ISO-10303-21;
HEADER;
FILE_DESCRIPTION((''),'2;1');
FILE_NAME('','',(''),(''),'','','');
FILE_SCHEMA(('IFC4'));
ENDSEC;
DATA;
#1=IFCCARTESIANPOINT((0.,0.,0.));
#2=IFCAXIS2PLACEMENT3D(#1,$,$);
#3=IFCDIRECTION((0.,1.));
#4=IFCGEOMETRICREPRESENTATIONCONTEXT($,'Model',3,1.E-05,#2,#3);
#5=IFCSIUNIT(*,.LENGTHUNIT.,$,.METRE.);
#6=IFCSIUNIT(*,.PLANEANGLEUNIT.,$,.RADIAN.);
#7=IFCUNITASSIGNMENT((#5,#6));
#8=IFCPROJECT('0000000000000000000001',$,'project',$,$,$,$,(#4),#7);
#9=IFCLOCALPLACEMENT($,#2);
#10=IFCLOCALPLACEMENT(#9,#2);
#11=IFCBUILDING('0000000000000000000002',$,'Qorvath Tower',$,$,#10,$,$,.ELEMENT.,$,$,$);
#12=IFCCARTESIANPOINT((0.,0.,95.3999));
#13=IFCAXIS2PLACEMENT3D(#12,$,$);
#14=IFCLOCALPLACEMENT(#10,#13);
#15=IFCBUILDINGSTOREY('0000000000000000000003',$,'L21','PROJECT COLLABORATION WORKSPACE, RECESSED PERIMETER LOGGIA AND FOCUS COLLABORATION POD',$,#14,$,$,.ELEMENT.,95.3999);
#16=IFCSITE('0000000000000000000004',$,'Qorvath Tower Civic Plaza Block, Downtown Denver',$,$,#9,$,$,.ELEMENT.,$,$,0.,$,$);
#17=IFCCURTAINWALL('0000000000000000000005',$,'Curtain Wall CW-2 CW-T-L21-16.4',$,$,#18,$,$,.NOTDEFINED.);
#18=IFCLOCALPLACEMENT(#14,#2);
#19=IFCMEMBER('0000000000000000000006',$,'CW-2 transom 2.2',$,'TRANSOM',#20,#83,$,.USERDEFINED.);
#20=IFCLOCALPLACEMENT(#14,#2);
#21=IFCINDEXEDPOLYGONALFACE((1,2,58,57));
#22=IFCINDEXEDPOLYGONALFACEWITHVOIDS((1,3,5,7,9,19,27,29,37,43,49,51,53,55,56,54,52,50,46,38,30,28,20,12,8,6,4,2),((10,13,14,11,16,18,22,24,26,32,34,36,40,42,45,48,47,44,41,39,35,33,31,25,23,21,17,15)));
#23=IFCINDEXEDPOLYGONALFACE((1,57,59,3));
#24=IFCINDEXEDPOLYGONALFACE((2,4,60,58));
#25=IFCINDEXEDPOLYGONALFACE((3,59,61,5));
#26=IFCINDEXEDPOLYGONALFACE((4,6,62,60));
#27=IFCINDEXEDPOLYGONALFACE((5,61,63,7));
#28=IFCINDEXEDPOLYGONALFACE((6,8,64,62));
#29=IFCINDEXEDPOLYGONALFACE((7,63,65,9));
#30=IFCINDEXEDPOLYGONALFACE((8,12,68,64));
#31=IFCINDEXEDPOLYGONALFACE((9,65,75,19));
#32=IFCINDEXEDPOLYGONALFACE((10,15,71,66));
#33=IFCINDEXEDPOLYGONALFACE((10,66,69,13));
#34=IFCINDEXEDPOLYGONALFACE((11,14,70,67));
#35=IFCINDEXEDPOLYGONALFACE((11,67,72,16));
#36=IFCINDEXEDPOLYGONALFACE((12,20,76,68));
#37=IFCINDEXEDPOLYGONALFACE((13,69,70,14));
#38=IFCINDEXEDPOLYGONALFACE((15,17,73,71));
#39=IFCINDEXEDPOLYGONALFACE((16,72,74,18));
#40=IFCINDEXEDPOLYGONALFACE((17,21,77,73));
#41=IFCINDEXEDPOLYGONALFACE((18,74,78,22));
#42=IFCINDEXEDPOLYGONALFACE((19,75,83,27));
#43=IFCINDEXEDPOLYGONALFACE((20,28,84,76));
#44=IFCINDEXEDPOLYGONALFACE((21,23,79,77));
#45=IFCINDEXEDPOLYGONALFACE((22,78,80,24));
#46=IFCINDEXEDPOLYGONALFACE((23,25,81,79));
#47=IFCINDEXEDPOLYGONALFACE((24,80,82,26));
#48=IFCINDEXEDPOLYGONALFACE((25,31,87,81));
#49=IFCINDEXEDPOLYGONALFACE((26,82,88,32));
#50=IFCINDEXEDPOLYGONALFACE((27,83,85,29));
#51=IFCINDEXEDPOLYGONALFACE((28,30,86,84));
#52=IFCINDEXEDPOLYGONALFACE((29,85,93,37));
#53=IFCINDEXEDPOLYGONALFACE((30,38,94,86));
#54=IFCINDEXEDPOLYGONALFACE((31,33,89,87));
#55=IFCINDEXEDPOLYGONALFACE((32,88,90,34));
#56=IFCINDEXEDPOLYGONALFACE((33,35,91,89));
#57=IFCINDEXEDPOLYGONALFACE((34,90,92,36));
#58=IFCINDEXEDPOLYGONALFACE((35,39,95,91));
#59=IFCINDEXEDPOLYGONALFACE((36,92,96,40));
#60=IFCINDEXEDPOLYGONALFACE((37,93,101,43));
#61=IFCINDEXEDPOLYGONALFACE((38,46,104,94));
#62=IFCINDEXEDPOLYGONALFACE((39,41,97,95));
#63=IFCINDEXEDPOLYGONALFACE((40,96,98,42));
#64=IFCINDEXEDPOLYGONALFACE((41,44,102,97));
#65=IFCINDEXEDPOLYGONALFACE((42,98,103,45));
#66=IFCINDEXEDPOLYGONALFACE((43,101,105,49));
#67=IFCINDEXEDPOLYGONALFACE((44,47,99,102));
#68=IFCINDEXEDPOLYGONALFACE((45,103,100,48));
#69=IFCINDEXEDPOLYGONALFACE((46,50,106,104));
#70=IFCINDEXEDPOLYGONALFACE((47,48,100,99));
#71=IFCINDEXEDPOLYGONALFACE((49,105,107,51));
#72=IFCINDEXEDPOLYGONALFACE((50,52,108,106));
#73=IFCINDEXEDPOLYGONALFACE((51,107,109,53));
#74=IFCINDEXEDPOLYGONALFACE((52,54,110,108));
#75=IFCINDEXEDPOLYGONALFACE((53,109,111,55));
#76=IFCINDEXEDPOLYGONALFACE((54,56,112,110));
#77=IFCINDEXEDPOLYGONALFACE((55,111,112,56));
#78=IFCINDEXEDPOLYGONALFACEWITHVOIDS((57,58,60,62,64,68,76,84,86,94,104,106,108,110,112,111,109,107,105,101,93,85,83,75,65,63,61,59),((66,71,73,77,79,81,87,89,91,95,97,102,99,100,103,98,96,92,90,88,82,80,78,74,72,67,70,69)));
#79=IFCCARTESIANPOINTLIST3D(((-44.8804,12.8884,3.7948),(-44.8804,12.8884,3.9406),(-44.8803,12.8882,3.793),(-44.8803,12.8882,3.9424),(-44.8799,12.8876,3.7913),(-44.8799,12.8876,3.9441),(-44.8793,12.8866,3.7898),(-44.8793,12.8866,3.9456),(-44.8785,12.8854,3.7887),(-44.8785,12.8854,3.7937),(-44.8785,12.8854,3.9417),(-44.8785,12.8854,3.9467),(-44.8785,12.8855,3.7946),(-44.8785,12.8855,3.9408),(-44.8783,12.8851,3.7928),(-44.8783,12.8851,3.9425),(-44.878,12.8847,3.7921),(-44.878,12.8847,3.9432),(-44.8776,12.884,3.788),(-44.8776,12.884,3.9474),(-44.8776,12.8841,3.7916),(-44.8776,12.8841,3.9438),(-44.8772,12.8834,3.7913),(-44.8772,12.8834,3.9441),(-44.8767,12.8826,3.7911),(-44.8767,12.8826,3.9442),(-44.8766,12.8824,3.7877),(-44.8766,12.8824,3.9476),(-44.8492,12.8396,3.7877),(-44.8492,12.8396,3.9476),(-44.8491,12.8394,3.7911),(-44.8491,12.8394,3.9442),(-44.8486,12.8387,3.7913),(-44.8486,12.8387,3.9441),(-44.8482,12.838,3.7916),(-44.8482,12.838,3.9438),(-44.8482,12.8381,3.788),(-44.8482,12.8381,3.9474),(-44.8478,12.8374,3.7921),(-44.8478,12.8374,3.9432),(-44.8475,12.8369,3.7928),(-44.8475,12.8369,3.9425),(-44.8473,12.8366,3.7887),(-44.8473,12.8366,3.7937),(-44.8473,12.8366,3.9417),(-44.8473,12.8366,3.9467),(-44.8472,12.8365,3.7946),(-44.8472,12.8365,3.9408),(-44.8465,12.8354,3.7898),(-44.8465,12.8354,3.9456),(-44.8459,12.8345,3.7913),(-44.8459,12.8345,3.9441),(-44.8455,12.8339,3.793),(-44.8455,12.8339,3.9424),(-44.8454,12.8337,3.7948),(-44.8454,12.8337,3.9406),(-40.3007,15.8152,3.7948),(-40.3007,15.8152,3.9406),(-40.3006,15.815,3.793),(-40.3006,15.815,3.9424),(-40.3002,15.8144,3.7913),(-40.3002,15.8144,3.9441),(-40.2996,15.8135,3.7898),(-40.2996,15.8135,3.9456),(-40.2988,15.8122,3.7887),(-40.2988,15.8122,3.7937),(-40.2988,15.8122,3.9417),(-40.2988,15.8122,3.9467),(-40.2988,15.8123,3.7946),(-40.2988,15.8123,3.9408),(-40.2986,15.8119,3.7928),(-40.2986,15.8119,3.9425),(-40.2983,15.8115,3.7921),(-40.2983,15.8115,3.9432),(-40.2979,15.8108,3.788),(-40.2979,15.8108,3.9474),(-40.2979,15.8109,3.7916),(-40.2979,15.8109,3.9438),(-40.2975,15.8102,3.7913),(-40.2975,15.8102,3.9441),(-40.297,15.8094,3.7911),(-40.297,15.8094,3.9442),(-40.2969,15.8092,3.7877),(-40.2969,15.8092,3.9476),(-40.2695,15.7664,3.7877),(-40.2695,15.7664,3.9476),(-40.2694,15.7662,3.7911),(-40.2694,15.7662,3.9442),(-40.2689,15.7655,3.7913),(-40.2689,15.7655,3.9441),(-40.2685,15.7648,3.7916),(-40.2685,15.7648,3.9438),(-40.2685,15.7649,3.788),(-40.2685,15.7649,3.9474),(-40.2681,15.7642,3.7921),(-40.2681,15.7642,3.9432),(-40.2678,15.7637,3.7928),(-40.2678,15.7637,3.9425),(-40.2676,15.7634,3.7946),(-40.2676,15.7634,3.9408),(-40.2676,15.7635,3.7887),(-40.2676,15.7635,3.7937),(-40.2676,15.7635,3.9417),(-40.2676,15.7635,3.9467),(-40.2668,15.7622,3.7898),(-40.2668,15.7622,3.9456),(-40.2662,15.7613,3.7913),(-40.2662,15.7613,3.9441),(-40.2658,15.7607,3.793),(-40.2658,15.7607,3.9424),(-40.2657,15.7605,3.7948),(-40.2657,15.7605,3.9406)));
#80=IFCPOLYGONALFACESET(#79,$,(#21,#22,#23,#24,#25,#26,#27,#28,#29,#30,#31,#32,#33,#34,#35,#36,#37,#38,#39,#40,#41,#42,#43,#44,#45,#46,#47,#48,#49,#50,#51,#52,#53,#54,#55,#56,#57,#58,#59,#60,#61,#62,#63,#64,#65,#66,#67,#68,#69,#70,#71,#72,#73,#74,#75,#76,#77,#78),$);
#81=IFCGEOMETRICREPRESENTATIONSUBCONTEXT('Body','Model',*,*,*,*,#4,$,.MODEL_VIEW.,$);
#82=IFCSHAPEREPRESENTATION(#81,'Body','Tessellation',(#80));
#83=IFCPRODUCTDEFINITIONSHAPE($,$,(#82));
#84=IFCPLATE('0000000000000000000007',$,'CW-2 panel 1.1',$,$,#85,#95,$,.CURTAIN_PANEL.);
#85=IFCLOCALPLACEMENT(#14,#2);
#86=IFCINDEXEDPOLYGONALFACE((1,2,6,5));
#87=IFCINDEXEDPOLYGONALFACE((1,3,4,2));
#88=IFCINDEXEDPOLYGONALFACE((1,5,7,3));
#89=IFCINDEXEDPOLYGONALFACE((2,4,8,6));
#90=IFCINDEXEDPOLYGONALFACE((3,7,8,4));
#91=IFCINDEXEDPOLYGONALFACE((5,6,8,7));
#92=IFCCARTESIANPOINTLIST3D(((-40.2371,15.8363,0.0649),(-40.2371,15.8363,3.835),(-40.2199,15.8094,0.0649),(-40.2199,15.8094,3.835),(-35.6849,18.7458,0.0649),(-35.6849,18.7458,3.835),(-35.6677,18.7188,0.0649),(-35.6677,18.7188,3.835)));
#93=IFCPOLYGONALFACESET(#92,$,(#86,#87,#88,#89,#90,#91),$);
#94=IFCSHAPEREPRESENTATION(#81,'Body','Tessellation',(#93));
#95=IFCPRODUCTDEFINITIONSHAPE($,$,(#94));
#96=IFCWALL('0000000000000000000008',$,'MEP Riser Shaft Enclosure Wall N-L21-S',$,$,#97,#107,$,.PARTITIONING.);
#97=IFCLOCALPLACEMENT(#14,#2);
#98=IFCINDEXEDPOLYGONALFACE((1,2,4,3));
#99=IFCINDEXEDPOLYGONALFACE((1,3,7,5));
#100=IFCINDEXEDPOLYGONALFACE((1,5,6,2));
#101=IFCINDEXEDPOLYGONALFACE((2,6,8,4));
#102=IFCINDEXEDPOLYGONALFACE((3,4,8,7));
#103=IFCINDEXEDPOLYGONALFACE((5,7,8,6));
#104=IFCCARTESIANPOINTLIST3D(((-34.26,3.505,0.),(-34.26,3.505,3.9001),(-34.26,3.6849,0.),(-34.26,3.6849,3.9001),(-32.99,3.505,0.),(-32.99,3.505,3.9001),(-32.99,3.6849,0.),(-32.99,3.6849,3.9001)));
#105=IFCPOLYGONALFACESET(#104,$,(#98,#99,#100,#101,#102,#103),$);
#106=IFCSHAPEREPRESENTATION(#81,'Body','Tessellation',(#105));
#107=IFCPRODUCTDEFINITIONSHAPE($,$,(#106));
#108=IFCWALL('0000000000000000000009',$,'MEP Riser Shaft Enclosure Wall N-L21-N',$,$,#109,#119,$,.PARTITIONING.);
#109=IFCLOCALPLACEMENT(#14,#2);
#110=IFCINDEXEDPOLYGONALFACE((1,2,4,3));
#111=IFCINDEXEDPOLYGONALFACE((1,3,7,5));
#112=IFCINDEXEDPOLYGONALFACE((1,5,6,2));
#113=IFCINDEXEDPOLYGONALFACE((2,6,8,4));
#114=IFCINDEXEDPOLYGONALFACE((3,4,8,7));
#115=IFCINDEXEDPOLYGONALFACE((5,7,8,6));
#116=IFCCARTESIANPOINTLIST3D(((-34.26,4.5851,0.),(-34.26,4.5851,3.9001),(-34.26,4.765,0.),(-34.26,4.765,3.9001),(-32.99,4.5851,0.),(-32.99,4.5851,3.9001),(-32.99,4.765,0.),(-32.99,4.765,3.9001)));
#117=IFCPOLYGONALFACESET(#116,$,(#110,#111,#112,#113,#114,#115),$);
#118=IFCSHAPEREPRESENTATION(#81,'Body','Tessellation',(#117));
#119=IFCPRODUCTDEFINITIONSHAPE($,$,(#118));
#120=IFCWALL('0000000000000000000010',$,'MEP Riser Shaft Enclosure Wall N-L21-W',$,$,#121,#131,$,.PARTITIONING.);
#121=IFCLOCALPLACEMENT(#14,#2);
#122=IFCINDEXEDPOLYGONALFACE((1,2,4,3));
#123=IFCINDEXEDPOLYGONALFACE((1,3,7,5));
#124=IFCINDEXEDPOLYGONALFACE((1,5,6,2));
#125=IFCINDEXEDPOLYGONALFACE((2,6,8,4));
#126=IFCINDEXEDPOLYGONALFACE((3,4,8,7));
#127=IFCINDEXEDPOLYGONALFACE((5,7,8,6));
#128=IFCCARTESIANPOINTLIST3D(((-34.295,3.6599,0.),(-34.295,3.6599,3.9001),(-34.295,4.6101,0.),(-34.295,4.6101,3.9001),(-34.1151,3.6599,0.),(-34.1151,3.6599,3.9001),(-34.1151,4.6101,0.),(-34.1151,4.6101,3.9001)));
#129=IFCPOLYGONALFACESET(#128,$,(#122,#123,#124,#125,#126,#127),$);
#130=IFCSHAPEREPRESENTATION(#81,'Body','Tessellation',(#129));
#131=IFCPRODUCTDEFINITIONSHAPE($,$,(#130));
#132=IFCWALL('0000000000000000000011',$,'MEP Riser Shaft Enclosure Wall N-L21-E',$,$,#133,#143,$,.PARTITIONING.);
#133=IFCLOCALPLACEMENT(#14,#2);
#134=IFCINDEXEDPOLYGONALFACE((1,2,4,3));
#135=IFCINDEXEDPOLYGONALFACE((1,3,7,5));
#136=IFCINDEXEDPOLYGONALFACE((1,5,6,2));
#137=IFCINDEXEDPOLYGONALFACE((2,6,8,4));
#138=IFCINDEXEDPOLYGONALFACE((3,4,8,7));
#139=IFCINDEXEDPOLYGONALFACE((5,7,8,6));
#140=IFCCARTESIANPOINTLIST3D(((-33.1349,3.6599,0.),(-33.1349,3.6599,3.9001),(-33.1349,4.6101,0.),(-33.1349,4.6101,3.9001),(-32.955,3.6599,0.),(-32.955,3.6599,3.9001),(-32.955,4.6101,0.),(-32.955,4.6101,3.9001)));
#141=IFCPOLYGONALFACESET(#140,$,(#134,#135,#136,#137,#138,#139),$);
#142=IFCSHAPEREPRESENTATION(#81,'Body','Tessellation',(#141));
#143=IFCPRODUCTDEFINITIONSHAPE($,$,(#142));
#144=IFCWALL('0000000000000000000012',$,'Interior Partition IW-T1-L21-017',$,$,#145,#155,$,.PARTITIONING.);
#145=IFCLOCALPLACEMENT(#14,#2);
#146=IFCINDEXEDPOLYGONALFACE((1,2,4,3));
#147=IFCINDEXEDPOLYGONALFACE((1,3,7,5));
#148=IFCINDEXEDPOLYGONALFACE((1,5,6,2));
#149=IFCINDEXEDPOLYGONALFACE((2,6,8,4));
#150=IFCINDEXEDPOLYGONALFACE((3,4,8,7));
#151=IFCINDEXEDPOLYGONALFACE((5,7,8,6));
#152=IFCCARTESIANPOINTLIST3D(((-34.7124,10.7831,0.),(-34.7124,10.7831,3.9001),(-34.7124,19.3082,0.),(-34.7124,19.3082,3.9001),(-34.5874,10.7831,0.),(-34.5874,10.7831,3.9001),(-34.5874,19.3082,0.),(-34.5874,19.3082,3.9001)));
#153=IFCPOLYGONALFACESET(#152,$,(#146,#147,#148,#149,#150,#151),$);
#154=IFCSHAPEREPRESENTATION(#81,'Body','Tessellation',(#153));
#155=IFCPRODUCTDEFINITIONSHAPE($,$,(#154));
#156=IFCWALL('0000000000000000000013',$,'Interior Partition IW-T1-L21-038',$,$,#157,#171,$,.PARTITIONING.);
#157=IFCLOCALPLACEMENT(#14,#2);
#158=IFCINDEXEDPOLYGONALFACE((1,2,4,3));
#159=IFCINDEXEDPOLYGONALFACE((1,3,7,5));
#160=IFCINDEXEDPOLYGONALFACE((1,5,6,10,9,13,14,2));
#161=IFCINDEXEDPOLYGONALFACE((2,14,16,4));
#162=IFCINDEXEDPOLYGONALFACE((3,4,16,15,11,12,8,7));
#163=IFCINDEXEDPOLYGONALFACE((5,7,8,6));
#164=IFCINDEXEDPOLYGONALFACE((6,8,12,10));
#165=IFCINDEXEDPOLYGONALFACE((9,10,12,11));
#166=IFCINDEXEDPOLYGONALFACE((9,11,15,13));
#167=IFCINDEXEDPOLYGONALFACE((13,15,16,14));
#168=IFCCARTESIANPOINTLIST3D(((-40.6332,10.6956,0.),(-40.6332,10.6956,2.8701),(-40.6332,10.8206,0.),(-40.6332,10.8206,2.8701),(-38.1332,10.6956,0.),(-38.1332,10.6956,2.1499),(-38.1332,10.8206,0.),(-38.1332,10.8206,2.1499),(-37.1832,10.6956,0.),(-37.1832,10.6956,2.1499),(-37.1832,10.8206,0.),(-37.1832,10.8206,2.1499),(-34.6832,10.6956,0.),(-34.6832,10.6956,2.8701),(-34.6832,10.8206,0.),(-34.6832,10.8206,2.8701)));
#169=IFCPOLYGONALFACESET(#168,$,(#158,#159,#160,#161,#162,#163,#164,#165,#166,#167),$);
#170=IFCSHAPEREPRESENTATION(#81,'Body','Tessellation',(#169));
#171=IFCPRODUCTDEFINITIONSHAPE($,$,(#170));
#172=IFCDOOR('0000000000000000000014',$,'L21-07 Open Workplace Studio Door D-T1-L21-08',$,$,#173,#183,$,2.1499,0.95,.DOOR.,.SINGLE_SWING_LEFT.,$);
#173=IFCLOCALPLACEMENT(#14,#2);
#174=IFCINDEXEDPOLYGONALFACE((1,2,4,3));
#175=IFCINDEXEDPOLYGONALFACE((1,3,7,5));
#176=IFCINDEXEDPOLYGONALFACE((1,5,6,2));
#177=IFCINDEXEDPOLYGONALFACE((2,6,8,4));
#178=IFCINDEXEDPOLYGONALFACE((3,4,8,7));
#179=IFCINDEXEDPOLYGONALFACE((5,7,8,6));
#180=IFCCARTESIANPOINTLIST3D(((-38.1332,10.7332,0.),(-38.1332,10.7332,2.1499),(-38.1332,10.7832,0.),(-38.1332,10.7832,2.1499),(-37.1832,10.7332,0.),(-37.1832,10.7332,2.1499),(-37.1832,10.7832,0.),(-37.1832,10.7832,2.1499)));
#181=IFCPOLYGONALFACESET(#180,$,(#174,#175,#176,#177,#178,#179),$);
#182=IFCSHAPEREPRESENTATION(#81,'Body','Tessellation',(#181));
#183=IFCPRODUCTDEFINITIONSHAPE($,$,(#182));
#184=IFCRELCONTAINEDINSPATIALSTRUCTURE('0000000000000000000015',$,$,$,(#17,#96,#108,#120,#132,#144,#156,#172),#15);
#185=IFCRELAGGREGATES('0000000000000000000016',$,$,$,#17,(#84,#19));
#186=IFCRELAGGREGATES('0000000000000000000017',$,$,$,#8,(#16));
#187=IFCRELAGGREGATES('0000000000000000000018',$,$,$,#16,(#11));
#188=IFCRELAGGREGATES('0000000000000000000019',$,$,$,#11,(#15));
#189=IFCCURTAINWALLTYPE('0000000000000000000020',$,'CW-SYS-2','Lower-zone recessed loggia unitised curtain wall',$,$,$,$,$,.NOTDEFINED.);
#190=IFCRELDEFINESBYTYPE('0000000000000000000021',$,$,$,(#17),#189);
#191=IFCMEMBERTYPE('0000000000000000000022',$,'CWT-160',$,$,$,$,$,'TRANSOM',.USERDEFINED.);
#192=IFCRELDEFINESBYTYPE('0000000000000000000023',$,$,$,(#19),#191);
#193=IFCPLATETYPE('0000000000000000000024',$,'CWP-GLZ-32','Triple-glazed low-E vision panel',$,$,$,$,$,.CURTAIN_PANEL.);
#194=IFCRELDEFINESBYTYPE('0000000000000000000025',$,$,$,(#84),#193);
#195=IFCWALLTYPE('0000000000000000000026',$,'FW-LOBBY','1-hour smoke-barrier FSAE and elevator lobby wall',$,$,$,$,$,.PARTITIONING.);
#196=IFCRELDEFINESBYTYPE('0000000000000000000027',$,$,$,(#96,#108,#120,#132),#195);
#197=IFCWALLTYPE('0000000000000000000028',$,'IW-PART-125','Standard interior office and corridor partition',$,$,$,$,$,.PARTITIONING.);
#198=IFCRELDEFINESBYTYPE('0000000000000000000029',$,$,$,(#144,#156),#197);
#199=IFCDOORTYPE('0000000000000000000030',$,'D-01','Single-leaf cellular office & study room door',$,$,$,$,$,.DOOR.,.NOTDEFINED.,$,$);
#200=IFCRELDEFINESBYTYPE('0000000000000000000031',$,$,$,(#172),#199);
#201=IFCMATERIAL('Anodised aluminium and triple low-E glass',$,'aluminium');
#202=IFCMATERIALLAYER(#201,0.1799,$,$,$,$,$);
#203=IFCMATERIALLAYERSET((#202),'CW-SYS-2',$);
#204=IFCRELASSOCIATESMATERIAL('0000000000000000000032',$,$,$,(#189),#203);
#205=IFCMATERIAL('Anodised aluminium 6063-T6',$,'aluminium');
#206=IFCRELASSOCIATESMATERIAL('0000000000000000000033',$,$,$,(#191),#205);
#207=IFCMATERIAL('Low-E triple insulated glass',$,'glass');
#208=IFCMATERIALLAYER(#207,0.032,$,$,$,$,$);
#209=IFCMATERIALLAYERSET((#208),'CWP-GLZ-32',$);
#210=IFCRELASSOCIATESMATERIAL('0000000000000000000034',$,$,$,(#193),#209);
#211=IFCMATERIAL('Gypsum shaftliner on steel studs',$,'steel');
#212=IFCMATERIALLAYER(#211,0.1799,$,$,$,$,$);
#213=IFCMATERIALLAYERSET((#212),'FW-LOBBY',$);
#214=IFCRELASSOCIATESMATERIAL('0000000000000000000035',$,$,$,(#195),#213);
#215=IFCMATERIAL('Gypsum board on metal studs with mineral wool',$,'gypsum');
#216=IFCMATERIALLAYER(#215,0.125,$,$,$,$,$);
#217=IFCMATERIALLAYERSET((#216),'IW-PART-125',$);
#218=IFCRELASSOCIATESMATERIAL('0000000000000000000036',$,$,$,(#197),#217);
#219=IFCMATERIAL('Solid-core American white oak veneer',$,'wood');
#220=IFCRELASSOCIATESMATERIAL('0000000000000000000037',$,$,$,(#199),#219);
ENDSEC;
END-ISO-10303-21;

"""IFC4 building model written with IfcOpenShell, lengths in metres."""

from ifc_helpers import new_model, si_unit, direction, frame, frame_2d, origin, origin_2d, place, context, subcontext, project, spatial, rectangle, hollow_rectangle, extrude, material, layer, layer_set, material_profile, profile_set, type_object, element, fill, aggregate, save


model = new_model("IFC4")

# Units and contexts
model_context = context("Model", 3, precision=1e-05, world=origin(), true_north=direction((0.0, 1.0)))
body_context = subcontext(model_context, "Body", "Model", "MODEL_VIEW")
ifc_project = project(units=[si_unit("LENGTHUNIT", "METRE"), si_unit("PLANEANGLEUNIT", "RADIAN")], contexts=[model_context])

# Site, building, storey
site_placement = place(None, origin())
site = spatial("IfcSite", under=ifc_project, at=site_placement, Name="Qorvath Tower Civic Plaza Block, Downtown Denver", CompositionType="ELEMENT", RefElevation=0.0)
building_placement = place(site_placement, origin())
building = spatial("IfcBuilding", under=site, at=building_placement, Name="Qorvath Tower", CompositionType="ELEMENT")
storey_placement = place(building_placement, frame((0.0, 0.0, 95.3999)))
storey = spatial("IfcBuildingStorey", under=building, at=storey_placement, Name="L21", Description="PROJECT COLLABORATION WORKSPACE, RECESSED PERIMETER LOGGIA AND FOCUS COLLABORATION POD", CompositionType="ELEMENT", Elevation=95.3999)

# Shared definitions
ifc_material_1 = material(Name="Anodised aluminium and triple low-E glass", Category="aluminium")
ifc_layer_1 = layer(ifc_material_1, 0.1799)
ifc_layer_set_1 = layer_set([ifc_layer_1], Name="CW-SYS-2")
curtain_wall_type = type_object("IfcCurtainWallType", Name="CW-SYS-2", Description="Lower-zone recessed loggia unitised curtain wall", PredefinedType="NOTDEFINED", material=ifc_layer_set_1)

# Curtain wall, member, plate
curtain_wall_1_placement = place(storey_placement, origin())
curtain_wall_1 = element("IfcCurtainWall", 1, at=curtain_wall_1_placement, inside=storey, type_object=curtain_wall_type, Name="Curtain Wall CW-2 CW-T-L21-16.4", PredefinedType="NOTDEFINED")
ifc_material_2 = material(Name="Anodised aluminium 6063-T6", Category="aluminium")
ifc_material_profile_1 = material_profile(ifc_material_2, hollow_rectangle(XDim=0.0649, YDim=0.1599, WallThickness=0.0034, InnerFilletRadius=0.0034, OuterFilletRadius=0.0071, at=origin_2d()), Name="CWT 160x65")
ifc_profile_set_1 = profile_set([ifc_material_profile_1], Name="Anodised aluminium 6063-T6")
member_type_1 = type_object("IfcMemberType", Name="CWT-160", ElementType="TRANSOM", PredefinedType="USERDEFINED", material=ifc_profile_set_1)
member_1_placement = place(storey_placement, frame((-40.2832, 15.7878, 3.8677), z_axis=(-0.84262, -0.538508, 0.0), x_axis=(0.538508, -0.84262, 0.0)))
member_1 = element("IfcMember", 2, at=member_1_placement, type_object=member_type_1, Name="CW-2 transom 2.2", ObjectType="TRANSOM", PredefinedType="USERDEFINED", context=body_context, shape_type="SweptSolid", body=[
    extrude(hollow_rectangle(XDim=0.0649, YDim=0.1599, WallThickness=0.0034, InnerFilletRadius=0.0034, OuterFilletRadius=0.0071, at=origin_2d()), origin(), (0.0, 0.0, 1.0), 5.4351),
])
ifc_material_3 = material(Name="Low-E triple insulated glass", Category="glass")
ifc_layer_2 = layer(ifc_material_3, 0.032)
ifc_layer_set_2 = layer_set([ifc_layer_2], Name="CWP-GLZ-32")
plate_type = type_object("IfcPlateType", Name="CWP-GLZ-32", Description="Triple-glazed low-E vision panel", PredefinedType="CURTAIN_PANEL", material=ifc_layer_set_2)
plate_placement = place(storey_placement, frame((-37.9524, 17.2776, 0.0649), z_axis=(0.0, 0.0, 1.0), x_axis=(-0.842607, -0.538529, 0.0)))
plate = element("IfcPlate", 3, at=plate_placement, type_object=plate_type, Name="CW-2 panel 1.1", PredefinedType="CURTAIN_PANEL", context=body_context, shape_type="SweptSolid", body=[
    extrude(rectangle(XDim=5.4026, YDim=0.032, at=origin_2d()), origin(), (0.0, 0.0, 1.0), 3.77),
])
aggregate(curtain_wall_1, [plate, member_1])

# Walls
ifc_material_4 = material(Name="Gypsum shaftliner on steel studs", Category="steel")
ifc_layer_3 = layer(ifc_material_4, 0.1799)
ifc_layer_set_3 = layer_set([ifc_layer_3], Name="FW-LOBBY")
wall_type_1 = type_object("IfcWallType", Name="FW-LOBBY", Description="1-hour smoke-barrier FSAE and elevator lobby wall", PredefinedType="PARTITIONING", material=ifc_layer_set_3)
for number, where, z_axis, x_axis, name in (
    (4, (-32.99, 3.595, 0.0), (0.0, 0.0, 1.0), (-1.0, 0.0, 0.0), "MEP Riser Shaft Enclosure Wall N-L21-S"),
    (5, (-34.26, 4.675, 0.0), (0.0, 0.0, 1.0), (1.0, 0.0, 0.0), "MEP Riser Shaft Enclosure Wall N-L21-N"),
):
    element("IfcWall", number, at=place(storey_placement, frame(where, z_axis=z_axis, x_axis=x_axis)), inside=storey, type_object=wall_type_1, Name=name, PredefinedType="PARTITIONING", context=body_context, shape_type="SweptSolid", body=[
        extrude(rectangle(XDim=1.27, YDim=0.1799, at=frame_2d((0.635, 0.0))), origin(), (0.0, 0.0, 1.0), 3.9001),
    ])
for number, where, z_axis, x_axis, name in (
    (6, (-34.2051, 3.6599, 0.0), (0.0, 0.0, 1.0), (0.0, 1.0, 0.0), "MEP Riser Shaft Enclosure Wall N-L21-W"),
    (7, (-33.0449, 4.6101, 0.0), (0.0, 0.0, 1.0), (0.0, -1.0, 0.0), "MEP Riser Shaft Enclosure Wall N-L21-E"),
):
    element("IfcWall", number, at=place(storey_placement, frame(where, z_axis=z_axis, x_axis=x_axis)), inside=storey, type_object=wall_type_1, Name=name, PredefinedType="PARTITIONING", context=body_context, shape_type="SweptSolid", body=[
        extrude(rectangle(XDim=0.9502, YDim=0.1799, at=frame_2d((0.4751, 0.0))), origin(), (0.0, 0.0, 1.0), 3.9001),
    ])
ifc_material_5 = material(Name="Gypsum board on metal studs with mineral wool", Category="gypsum")
ifc_layer_4 = layer(ifc_material_5, 0.125)
ifc_layer_set_4 = layer_set([ifc_layer_4], Name="IW-PART-125")
wall_type_2 = type_object("IfcWallType", Name="IW-PART-125", Description="Standard interior office and corridor partition", PredefinedType="PARTITIONING", material=ifc_layer_set_4)
wall_1_placement = place(storey_placement, frame((-34.6499, 19.3083, 0.0), z_axis=(0.0, 0.0, 1.0), x_axis=(0.0, -1.0, 0.0)))
element("IfcWall", 8, at=wall_1_placement, inside=storey, type_object=wall_type_2, Name="Interior Partition IW-T1-L21-017", PredefinedType="PARTITIONING", context=body_context, shape_type="SweptSolid", body=[
    extrude(rectangle(XDim=8.5251, YDim=0.125, at=frame_2d((4.2627, 0.0))), origin(), (0.0, 0.0, 1.0), 3.9001),
])

# Wall, opening, door
wall_2_placement = place(storey_placement, frame((-34.6831, 10.7581, 0.0), z_axis=(0.0, 0.0, 1.0), x_axis=(-1.0, 0.0, 0.0)))
wall_2 = element("IfcWall", 9, at=wall_2_placement, inside=storey, type_object=wall_type_2, Name="Interior Partition IW-T1-L21-038", PredefinedType="PARTITIONING", context=body_context, shape_type="SweptSolid", body=[
    extrude(rectangle(XDim=5.95, YDim=0.125, at=frame_2d((2.9751, 0.0))), origin(), (0.0, 0.0, 1.0), 2.8701),
])
opening_1_placement = place(wall_2_placement, frame((2.5, 0.0, 0.0)))
opening_1 = element("IfcOpeningElement", 10, at=opening_1_placement, cuts=wall_2, PredefinedType="OPENING", context=body_context, shape_type="SweptSolid", body=[
    extrude(rectangle(XDim=0.95, YDim=2.1499, at=frame_2d((0.4751, 1.075))), frame((0.0, 0.0725, 0.0), z_axis=(0.0, -1.0, 0.0), x_axis=(1.0, 0.0, 0.0)), (0.0, 0.0, 1.0), 0.145),
])
ifc_material_6 = material(Name="Solid-core American white oak veneer", Category="wood")
door_type_1 = type_object("IfcDoorType", Name="D-01", Description="Single-leaf cellular office & study room door", OperationType="NOTDEFINED", PredefinedType="DOOR", material=ifc_material_6)
door_1_placement = place(opening_1_placement, origin())
door_1 = element("IfcDoor", 11, at=door_1_placement, inside=storey, type_object=door_type_1, Name="L21-07 Open Workplace Studio Door D-T1-L21-08", OperationType="SINGLE_SWING_LEFT", OverallHeight=2.1499, OverallWidth=0.95, PredefinedType="DOOR", context=body_context, shape_type="SweptSolid", body=[
    extrude(rectangle(XDim=0.95, YDim=2.1499, at=frame_2d((0.4751, 1.075))), frame((0.0, 0.0249, 0.0), z_axis=(0.0, -1.0, 0.0), x_axis=(1.0, 0.0, 0.0)), (0.0, 0.0, 1.0), 0.05),
])
fill(opening_1, door_1)

save(model, "model.ifc")
